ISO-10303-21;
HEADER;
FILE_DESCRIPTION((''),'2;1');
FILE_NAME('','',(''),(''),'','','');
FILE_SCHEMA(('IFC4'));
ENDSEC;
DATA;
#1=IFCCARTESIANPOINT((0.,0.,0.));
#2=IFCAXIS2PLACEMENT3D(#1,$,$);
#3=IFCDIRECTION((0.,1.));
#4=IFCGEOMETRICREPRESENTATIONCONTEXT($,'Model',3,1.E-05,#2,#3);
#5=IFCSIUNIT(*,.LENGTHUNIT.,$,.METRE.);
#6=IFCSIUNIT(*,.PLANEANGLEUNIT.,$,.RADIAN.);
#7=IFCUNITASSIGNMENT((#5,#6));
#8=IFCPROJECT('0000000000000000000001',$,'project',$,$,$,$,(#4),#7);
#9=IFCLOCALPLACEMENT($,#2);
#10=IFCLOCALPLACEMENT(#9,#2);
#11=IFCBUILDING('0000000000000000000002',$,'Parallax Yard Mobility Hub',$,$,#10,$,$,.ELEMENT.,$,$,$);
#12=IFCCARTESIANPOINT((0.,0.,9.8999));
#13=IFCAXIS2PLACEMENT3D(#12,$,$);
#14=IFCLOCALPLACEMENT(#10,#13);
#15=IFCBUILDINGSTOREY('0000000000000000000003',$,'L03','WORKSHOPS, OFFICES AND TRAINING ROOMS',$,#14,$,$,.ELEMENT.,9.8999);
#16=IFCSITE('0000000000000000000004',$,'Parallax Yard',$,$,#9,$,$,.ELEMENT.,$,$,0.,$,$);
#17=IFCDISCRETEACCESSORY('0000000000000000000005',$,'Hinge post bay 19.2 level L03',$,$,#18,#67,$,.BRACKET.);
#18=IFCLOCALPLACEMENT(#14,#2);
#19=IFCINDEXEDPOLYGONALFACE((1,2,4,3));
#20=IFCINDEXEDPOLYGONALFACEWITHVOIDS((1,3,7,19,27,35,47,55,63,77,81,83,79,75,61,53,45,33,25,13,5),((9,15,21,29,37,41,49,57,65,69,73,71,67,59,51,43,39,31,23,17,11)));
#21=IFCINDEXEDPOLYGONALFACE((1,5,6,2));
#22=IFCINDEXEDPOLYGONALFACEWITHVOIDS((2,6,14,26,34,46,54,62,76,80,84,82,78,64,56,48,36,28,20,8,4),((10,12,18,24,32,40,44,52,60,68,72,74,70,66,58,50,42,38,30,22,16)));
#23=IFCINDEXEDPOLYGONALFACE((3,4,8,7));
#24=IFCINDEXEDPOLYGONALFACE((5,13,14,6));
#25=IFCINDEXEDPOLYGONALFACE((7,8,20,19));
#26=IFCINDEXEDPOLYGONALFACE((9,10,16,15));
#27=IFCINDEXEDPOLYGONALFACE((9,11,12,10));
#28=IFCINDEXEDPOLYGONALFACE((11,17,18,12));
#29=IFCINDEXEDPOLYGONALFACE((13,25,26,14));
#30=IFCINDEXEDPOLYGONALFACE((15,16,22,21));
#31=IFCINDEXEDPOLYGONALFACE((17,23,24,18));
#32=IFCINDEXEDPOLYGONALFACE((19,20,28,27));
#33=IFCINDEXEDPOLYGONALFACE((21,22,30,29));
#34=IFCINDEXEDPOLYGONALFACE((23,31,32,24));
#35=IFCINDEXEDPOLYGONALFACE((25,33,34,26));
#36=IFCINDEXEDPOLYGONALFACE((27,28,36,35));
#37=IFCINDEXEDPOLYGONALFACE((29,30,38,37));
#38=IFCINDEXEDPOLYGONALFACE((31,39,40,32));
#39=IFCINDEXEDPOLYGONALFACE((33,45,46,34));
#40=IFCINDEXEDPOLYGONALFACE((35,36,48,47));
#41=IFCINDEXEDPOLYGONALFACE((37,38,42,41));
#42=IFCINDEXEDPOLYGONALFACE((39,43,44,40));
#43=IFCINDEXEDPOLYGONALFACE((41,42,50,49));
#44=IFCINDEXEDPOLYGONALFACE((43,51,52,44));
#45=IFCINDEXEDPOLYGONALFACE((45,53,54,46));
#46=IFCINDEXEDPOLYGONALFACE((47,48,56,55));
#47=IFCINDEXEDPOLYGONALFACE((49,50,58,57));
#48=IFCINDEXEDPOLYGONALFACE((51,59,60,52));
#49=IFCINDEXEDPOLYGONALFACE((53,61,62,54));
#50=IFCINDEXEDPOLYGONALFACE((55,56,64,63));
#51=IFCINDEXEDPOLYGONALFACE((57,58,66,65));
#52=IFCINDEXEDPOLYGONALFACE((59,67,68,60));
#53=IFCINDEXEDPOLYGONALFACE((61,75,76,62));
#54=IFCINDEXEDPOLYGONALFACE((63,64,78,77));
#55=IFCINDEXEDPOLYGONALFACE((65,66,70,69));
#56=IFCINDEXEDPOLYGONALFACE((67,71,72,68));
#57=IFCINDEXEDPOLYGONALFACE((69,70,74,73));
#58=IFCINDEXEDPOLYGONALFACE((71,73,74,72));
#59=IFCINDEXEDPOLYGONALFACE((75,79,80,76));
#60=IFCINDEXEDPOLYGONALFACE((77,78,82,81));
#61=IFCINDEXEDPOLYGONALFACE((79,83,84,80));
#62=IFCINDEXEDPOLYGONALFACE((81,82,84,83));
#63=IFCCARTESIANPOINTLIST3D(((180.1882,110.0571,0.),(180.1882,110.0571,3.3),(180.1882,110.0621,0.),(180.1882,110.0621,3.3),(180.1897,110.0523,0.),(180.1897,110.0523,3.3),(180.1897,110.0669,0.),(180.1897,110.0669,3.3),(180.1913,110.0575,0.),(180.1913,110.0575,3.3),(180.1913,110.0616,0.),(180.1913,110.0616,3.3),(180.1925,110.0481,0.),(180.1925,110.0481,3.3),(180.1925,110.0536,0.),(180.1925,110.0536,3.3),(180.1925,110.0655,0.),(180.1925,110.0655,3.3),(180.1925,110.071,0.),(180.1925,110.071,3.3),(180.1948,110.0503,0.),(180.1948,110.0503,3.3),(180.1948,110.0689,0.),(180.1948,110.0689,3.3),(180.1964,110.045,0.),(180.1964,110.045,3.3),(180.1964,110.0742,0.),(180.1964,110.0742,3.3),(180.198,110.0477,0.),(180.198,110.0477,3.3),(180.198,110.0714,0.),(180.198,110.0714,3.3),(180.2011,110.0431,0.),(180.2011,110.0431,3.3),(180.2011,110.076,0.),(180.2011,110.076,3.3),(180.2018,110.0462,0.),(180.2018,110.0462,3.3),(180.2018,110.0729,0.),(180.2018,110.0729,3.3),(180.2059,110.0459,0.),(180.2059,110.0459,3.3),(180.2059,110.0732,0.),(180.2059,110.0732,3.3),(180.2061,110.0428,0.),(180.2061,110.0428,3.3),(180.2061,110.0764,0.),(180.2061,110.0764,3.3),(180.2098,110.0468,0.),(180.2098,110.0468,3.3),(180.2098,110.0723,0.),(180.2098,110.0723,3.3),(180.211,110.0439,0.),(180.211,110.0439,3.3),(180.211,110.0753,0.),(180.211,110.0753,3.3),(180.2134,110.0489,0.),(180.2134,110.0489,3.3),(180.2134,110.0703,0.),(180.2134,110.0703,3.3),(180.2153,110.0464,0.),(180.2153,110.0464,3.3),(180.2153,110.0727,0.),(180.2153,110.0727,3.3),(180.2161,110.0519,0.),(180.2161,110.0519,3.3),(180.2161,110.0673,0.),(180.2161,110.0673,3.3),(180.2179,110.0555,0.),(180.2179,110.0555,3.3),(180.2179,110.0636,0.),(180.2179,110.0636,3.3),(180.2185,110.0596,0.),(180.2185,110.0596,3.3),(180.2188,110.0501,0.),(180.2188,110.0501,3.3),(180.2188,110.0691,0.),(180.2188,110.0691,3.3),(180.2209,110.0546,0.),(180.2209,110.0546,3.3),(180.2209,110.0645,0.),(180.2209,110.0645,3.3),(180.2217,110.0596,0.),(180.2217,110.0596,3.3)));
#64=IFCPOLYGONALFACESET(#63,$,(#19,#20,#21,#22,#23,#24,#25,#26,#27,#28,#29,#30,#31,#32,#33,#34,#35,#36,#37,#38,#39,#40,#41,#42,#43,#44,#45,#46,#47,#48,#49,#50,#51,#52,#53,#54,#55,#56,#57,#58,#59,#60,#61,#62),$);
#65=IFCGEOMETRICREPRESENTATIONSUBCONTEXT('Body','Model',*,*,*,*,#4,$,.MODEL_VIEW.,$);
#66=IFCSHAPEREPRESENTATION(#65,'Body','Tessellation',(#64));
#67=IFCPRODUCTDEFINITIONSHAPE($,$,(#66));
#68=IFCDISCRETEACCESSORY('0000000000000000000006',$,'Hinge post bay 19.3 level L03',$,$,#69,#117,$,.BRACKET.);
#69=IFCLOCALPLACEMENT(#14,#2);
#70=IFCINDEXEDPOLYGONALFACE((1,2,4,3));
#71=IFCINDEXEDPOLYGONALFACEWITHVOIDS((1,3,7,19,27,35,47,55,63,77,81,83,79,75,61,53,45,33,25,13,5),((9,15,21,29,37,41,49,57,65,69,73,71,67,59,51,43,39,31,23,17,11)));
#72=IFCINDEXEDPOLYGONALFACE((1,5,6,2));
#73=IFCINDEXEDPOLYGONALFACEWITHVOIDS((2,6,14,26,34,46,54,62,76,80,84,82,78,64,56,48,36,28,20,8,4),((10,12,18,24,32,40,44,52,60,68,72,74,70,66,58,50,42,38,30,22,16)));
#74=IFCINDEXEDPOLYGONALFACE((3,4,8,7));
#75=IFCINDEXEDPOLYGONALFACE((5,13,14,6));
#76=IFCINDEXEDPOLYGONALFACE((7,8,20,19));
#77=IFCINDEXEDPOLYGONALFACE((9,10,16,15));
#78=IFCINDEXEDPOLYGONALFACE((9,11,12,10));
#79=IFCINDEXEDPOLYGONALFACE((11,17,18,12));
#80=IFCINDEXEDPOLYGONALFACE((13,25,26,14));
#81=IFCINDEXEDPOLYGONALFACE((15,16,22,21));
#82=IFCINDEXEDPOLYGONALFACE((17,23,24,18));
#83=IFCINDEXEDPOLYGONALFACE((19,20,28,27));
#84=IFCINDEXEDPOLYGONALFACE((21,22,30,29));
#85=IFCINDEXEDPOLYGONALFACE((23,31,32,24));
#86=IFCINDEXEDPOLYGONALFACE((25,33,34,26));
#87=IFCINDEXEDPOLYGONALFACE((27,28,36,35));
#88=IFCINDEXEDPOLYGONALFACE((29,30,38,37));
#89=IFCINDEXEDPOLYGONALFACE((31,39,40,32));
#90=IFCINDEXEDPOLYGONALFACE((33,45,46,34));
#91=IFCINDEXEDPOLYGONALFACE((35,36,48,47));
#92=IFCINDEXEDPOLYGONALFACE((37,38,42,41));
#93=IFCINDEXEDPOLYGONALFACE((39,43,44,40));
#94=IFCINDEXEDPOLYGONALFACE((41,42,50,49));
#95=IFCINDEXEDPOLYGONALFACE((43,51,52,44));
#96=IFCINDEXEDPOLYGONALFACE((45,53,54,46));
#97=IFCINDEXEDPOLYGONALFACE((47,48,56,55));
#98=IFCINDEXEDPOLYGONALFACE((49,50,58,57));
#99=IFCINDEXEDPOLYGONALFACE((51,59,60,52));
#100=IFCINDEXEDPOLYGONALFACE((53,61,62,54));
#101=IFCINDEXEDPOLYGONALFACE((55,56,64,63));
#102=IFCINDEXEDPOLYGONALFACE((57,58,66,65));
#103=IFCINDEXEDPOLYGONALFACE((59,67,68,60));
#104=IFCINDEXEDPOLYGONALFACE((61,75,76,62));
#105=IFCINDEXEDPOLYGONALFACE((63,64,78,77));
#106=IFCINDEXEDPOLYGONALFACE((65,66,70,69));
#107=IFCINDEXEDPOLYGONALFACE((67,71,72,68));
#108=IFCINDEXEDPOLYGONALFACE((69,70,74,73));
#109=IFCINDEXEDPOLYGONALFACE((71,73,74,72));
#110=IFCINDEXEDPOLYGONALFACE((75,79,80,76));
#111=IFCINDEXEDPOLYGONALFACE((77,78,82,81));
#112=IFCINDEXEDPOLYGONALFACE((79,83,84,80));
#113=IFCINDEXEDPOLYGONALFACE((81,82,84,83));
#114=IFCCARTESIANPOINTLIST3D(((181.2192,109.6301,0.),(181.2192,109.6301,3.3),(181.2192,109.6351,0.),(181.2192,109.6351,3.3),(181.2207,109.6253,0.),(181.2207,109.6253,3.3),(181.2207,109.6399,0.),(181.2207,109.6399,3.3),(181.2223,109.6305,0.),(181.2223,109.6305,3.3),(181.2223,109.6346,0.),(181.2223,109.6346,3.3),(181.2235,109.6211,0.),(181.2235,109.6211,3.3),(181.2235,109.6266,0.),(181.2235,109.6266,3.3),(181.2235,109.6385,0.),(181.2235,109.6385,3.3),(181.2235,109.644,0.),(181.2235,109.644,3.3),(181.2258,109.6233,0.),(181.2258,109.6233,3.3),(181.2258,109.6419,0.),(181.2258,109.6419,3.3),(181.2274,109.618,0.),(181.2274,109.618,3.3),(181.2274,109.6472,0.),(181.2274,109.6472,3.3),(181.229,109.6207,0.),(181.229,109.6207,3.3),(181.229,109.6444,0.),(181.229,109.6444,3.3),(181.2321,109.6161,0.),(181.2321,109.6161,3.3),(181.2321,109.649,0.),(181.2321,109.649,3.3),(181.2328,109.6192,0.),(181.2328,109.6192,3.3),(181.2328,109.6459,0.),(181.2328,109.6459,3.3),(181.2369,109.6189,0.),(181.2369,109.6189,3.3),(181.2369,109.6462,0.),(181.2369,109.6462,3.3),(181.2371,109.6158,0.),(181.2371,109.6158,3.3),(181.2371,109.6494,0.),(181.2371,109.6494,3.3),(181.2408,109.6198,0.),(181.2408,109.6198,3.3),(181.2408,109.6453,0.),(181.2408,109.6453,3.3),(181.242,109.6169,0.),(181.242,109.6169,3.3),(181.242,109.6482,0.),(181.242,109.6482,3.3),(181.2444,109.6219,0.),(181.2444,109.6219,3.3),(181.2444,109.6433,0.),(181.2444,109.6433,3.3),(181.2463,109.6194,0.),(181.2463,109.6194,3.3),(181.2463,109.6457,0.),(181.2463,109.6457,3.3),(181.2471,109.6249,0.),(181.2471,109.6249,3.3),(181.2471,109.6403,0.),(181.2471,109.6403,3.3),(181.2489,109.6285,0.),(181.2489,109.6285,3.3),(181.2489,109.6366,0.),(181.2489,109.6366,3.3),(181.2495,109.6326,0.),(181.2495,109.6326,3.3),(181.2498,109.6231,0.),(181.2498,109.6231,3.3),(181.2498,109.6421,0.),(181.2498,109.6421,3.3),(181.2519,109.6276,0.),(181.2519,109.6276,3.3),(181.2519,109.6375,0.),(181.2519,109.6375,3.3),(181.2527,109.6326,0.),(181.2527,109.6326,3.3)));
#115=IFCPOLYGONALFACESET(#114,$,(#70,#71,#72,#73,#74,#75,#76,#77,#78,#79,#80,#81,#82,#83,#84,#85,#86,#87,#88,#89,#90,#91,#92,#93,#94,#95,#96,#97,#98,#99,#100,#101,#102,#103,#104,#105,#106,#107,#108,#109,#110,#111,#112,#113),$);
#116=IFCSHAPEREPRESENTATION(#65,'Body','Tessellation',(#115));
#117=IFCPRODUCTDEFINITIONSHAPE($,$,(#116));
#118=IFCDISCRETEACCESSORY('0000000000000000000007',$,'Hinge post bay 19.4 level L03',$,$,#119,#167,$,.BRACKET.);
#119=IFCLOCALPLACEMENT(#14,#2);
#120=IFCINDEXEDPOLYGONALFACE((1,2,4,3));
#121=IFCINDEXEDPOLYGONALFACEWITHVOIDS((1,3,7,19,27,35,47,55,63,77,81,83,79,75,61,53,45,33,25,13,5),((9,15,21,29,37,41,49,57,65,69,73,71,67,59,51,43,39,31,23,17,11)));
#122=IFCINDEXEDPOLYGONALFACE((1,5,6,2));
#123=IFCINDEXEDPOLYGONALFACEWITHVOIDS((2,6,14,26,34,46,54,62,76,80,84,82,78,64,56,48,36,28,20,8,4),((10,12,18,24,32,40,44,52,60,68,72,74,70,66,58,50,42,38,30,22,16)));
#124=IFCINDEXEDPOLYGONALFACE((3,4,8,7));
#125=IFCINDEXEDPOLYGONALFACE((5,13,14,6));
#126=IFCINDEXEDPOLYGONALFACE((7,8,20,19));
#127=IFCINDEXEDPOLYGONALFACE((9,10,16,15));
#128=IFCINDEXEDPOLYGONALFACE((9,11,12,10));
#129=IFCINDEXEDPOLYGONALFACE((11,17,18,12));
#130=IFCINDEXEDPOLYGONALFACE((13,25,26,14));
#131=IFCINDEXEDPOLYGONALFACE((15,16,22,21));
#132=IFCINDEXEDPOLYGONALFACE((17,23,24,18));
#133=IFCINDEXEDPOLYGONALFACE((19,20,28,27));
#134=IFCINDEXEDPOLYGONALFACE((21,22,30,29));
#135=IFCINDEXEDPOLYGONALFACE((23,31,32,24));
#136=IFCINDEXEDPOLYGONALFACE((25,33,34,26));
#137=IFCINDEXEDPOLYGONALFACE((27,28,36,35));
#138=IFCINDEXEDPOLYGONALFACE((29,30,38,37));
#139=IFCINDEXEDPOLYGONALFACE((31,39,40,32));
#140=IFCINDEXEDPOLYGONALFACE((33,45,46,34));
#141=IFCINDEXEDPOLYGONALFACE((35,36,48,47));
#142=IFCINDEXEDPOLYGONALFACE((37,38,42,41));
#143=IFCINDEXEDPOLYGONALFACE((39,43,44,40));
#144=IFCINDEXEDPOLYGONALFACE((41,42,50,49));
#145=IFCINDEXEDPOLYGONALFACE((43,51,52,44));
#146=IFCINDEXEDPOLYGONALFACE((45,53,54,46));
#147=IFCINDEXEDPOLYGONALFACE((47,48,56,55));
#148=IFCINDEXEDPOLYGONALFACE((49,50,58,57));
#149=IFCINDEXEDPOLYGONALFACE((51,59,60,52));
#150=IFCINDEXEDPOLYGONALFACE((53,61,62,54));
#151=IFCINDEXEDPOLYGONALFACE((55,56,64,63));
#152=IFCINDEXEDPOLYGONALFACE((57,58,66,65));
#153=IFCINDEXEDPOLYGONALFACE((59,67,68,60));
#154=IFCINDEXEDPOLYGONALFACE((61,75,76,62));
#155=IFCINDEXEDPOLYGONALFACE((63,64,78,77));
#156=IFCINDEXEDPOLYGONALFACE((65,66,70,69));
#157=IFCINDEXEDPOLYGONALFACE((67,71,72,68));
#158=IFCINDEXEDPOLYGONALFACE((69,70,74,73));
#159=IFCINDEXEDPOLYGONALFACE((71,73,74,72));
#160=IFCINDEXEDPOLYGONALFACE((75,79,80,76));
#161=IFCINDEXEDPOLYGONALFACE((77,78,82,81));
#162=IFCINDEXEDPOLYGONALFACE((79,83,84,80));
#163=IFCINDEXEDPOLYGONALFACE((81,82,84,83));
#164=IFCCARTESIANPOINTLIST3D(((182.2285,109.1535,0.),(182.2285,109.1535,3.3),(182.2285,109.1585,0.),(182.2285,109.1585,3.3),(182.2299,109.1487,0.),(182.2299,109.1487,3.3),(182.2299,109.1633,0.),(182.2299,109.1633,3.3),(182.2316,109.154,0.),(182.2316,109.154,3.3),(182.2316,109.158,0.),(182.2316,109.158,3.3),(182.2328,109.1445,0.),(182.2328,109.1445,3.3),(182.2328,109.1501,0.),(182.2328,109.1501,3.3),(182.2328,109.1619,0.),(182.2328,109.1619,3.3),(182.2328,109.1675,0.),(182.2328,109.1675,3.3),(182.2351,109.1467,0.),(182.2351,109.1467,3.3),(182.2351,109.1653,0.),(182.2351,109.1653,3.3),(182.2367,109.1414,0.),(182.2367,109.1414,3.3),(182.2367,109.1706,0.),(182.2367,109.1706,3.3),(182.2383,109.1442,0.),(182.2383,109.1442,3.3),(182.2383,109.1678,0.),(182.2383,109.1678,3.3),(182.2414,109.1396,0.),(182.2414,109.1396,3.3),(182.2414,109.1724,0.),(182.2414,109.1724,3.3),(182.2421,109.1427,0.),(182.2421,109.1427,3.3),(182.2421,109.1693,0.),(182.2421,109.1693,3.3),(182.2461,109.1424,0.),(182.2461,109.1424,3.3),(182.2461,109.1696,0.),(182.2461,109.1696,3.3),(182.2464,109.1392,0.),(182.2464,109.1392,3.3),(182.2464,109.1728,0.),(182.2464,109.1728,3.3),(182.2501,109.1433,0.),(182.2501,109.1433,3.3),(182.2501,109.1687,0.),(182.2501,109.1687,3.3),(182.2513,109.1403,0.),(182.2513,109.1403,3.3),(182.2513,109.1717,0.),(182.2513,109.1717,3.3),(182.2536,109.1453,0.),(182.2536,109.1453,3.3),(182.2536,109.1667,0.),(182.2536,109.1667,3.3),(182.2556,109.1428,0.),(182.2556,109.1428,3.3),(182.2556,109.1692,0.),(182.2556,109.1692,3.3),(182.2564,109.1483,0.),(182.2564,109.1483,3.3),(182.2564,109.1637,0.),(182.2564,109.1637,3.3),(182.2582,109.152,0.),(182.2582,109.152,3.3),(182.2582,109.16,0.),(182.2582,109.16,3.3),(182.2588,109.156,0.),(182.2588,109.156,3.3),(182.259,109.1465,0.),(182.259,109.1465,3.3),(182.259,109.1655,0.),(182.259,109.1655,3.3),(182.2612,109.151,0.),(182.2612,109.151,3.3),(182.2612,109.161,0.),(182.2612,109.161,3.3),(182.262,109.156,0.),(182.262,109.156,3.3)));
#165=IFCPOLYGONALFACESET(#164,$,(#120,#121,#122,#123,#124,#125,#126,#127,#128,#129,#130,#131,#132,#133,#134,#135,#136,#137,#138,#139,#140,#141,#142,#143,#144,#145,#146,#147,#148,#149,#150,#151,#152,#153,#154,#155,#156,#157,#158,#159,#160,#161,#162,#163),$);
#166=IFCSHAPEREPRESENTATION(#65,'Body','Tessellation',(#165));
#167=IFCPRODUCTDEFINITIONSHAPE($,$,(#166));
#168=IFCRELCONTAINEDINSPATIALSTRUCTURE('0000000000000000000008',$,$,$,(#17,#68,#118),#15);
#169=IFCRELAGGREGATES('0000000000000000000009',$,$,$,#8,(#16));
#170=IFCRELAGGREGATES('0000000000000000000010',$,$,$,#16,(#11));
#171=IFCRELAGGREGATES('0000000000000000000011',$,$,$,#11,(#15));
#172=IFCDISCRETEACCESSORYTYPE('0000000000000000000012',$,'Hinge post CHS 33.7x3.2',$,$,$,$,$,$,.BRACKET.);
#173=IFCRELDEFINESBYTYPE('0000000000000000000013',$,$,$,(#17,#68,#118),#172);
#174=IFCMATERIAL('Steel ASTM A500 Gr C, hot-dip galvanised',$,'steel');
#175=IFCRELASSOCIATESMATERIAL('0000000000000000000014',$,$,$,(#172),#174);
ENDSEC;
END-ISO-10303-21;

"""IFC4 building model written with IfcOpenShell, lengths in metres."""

from ifc_helpers import new_model, si_unit, direction, frame, origin, origin_2d, place, context, subcontext, project, spatial, hollow_circle, extrude, material, material_profile, profile_set, type_object, element, save


model = new_model("IFC4")

# Units and contexts
model_context = context("Model", 3, precision=1e-05, world=origin(), true_north=direction((0.0, 1.0)))
body_context = subcontext(model_context, "Body", "Model", "MODEL_VIEW")
ifc_project = project(units=[si_unit("LENGTHUNIT", "METRE"), si_unit("PLANEANGLEUNIT", "RADIAN")], contexts=[model_context])

# Site, building, storey
site_placement = place(None, origin())
site = spatial("IfcSite", under=ifc_project, at=site_placement, Name="Parallax Yard", CompositionType="ELEMENT", RefElevation=0.0)
building_placement = place(site_placement, origin())
building = spatial("IfcBuilding", under=site, at=building_placement, Name="Parallax Yard Mobility Hub", CompositionType="ELEMENT")
storey_placement = place(building_placement, frame((0.0, 0.0, 9.8999)))
storey = spatial("IfcBuildingStorey", under=building, at=storey_placement, Name="L03", Description="WORKSHOPS, OFFICES AND TRAINING ROOMS", CompositionType="ELEMENT", Elevation=9.8999)

# Discrete accessories
ifc_material_1 = material(Name="Steel ASTM A500 Gr C, hot-dip galvanised", Category="steel")
ifc_material_profile_1 = material_profile(ifc_material_1, hollow_circle(Radius=0.0168, WallThickness=0.0032, at=origin_2d()), Name="CHS 33.7x3.2")
ifc_profile_set_1 = profile_set([ifc_material_profile_1], Name="Steel ASTM A500 Gr C, hot-dip galvanised")
discrete_accessory_type_1 = type_object("IfcDiscreteAccessoryType", Name="Hinge post CHS 33.7x3.2", PredefinedType="BRACKET", material=ifc_profile_set_1)
for number, where, z_axis, x_axis, name in (
    (1, (180.2048, 110.0596, 0.0), (0.0, 0.0, 1.0), (1.0, 0.0, 0.0), "Hinge post bay 19.2 level L03"),
    (2, (181.2358, 109.6326, 0.0), (0.0, 0.0, 1.0), (1.0, 0.0, 0.0), "Hinge post bay 19.3 level L03"),
    (3, (182.2451, 109.156, 0.0), (0.0, 0.0, 1.0), (1.0, 0.0, 0.0), "Hinge post bay 19.4 level L03"),
):
    element("IfcDiscreteAccessory", number, at=place(storey_placement, frame(where, z_axis=z_axis, x_axis=x_axis)), inside=storey, type_object=discrete_accessory_type_1, Name=name, PredefinedType="BRACKET", context=body_context, shape_type="SweptSolid", body=[
        extrude(hollow_circle(Radius=0.0168, WallThickness=0.0032, at=origin_2d()), origin(), (0.0, 0.0, 1.0), 3.3),
    ])

save(model, "model.ifc")
